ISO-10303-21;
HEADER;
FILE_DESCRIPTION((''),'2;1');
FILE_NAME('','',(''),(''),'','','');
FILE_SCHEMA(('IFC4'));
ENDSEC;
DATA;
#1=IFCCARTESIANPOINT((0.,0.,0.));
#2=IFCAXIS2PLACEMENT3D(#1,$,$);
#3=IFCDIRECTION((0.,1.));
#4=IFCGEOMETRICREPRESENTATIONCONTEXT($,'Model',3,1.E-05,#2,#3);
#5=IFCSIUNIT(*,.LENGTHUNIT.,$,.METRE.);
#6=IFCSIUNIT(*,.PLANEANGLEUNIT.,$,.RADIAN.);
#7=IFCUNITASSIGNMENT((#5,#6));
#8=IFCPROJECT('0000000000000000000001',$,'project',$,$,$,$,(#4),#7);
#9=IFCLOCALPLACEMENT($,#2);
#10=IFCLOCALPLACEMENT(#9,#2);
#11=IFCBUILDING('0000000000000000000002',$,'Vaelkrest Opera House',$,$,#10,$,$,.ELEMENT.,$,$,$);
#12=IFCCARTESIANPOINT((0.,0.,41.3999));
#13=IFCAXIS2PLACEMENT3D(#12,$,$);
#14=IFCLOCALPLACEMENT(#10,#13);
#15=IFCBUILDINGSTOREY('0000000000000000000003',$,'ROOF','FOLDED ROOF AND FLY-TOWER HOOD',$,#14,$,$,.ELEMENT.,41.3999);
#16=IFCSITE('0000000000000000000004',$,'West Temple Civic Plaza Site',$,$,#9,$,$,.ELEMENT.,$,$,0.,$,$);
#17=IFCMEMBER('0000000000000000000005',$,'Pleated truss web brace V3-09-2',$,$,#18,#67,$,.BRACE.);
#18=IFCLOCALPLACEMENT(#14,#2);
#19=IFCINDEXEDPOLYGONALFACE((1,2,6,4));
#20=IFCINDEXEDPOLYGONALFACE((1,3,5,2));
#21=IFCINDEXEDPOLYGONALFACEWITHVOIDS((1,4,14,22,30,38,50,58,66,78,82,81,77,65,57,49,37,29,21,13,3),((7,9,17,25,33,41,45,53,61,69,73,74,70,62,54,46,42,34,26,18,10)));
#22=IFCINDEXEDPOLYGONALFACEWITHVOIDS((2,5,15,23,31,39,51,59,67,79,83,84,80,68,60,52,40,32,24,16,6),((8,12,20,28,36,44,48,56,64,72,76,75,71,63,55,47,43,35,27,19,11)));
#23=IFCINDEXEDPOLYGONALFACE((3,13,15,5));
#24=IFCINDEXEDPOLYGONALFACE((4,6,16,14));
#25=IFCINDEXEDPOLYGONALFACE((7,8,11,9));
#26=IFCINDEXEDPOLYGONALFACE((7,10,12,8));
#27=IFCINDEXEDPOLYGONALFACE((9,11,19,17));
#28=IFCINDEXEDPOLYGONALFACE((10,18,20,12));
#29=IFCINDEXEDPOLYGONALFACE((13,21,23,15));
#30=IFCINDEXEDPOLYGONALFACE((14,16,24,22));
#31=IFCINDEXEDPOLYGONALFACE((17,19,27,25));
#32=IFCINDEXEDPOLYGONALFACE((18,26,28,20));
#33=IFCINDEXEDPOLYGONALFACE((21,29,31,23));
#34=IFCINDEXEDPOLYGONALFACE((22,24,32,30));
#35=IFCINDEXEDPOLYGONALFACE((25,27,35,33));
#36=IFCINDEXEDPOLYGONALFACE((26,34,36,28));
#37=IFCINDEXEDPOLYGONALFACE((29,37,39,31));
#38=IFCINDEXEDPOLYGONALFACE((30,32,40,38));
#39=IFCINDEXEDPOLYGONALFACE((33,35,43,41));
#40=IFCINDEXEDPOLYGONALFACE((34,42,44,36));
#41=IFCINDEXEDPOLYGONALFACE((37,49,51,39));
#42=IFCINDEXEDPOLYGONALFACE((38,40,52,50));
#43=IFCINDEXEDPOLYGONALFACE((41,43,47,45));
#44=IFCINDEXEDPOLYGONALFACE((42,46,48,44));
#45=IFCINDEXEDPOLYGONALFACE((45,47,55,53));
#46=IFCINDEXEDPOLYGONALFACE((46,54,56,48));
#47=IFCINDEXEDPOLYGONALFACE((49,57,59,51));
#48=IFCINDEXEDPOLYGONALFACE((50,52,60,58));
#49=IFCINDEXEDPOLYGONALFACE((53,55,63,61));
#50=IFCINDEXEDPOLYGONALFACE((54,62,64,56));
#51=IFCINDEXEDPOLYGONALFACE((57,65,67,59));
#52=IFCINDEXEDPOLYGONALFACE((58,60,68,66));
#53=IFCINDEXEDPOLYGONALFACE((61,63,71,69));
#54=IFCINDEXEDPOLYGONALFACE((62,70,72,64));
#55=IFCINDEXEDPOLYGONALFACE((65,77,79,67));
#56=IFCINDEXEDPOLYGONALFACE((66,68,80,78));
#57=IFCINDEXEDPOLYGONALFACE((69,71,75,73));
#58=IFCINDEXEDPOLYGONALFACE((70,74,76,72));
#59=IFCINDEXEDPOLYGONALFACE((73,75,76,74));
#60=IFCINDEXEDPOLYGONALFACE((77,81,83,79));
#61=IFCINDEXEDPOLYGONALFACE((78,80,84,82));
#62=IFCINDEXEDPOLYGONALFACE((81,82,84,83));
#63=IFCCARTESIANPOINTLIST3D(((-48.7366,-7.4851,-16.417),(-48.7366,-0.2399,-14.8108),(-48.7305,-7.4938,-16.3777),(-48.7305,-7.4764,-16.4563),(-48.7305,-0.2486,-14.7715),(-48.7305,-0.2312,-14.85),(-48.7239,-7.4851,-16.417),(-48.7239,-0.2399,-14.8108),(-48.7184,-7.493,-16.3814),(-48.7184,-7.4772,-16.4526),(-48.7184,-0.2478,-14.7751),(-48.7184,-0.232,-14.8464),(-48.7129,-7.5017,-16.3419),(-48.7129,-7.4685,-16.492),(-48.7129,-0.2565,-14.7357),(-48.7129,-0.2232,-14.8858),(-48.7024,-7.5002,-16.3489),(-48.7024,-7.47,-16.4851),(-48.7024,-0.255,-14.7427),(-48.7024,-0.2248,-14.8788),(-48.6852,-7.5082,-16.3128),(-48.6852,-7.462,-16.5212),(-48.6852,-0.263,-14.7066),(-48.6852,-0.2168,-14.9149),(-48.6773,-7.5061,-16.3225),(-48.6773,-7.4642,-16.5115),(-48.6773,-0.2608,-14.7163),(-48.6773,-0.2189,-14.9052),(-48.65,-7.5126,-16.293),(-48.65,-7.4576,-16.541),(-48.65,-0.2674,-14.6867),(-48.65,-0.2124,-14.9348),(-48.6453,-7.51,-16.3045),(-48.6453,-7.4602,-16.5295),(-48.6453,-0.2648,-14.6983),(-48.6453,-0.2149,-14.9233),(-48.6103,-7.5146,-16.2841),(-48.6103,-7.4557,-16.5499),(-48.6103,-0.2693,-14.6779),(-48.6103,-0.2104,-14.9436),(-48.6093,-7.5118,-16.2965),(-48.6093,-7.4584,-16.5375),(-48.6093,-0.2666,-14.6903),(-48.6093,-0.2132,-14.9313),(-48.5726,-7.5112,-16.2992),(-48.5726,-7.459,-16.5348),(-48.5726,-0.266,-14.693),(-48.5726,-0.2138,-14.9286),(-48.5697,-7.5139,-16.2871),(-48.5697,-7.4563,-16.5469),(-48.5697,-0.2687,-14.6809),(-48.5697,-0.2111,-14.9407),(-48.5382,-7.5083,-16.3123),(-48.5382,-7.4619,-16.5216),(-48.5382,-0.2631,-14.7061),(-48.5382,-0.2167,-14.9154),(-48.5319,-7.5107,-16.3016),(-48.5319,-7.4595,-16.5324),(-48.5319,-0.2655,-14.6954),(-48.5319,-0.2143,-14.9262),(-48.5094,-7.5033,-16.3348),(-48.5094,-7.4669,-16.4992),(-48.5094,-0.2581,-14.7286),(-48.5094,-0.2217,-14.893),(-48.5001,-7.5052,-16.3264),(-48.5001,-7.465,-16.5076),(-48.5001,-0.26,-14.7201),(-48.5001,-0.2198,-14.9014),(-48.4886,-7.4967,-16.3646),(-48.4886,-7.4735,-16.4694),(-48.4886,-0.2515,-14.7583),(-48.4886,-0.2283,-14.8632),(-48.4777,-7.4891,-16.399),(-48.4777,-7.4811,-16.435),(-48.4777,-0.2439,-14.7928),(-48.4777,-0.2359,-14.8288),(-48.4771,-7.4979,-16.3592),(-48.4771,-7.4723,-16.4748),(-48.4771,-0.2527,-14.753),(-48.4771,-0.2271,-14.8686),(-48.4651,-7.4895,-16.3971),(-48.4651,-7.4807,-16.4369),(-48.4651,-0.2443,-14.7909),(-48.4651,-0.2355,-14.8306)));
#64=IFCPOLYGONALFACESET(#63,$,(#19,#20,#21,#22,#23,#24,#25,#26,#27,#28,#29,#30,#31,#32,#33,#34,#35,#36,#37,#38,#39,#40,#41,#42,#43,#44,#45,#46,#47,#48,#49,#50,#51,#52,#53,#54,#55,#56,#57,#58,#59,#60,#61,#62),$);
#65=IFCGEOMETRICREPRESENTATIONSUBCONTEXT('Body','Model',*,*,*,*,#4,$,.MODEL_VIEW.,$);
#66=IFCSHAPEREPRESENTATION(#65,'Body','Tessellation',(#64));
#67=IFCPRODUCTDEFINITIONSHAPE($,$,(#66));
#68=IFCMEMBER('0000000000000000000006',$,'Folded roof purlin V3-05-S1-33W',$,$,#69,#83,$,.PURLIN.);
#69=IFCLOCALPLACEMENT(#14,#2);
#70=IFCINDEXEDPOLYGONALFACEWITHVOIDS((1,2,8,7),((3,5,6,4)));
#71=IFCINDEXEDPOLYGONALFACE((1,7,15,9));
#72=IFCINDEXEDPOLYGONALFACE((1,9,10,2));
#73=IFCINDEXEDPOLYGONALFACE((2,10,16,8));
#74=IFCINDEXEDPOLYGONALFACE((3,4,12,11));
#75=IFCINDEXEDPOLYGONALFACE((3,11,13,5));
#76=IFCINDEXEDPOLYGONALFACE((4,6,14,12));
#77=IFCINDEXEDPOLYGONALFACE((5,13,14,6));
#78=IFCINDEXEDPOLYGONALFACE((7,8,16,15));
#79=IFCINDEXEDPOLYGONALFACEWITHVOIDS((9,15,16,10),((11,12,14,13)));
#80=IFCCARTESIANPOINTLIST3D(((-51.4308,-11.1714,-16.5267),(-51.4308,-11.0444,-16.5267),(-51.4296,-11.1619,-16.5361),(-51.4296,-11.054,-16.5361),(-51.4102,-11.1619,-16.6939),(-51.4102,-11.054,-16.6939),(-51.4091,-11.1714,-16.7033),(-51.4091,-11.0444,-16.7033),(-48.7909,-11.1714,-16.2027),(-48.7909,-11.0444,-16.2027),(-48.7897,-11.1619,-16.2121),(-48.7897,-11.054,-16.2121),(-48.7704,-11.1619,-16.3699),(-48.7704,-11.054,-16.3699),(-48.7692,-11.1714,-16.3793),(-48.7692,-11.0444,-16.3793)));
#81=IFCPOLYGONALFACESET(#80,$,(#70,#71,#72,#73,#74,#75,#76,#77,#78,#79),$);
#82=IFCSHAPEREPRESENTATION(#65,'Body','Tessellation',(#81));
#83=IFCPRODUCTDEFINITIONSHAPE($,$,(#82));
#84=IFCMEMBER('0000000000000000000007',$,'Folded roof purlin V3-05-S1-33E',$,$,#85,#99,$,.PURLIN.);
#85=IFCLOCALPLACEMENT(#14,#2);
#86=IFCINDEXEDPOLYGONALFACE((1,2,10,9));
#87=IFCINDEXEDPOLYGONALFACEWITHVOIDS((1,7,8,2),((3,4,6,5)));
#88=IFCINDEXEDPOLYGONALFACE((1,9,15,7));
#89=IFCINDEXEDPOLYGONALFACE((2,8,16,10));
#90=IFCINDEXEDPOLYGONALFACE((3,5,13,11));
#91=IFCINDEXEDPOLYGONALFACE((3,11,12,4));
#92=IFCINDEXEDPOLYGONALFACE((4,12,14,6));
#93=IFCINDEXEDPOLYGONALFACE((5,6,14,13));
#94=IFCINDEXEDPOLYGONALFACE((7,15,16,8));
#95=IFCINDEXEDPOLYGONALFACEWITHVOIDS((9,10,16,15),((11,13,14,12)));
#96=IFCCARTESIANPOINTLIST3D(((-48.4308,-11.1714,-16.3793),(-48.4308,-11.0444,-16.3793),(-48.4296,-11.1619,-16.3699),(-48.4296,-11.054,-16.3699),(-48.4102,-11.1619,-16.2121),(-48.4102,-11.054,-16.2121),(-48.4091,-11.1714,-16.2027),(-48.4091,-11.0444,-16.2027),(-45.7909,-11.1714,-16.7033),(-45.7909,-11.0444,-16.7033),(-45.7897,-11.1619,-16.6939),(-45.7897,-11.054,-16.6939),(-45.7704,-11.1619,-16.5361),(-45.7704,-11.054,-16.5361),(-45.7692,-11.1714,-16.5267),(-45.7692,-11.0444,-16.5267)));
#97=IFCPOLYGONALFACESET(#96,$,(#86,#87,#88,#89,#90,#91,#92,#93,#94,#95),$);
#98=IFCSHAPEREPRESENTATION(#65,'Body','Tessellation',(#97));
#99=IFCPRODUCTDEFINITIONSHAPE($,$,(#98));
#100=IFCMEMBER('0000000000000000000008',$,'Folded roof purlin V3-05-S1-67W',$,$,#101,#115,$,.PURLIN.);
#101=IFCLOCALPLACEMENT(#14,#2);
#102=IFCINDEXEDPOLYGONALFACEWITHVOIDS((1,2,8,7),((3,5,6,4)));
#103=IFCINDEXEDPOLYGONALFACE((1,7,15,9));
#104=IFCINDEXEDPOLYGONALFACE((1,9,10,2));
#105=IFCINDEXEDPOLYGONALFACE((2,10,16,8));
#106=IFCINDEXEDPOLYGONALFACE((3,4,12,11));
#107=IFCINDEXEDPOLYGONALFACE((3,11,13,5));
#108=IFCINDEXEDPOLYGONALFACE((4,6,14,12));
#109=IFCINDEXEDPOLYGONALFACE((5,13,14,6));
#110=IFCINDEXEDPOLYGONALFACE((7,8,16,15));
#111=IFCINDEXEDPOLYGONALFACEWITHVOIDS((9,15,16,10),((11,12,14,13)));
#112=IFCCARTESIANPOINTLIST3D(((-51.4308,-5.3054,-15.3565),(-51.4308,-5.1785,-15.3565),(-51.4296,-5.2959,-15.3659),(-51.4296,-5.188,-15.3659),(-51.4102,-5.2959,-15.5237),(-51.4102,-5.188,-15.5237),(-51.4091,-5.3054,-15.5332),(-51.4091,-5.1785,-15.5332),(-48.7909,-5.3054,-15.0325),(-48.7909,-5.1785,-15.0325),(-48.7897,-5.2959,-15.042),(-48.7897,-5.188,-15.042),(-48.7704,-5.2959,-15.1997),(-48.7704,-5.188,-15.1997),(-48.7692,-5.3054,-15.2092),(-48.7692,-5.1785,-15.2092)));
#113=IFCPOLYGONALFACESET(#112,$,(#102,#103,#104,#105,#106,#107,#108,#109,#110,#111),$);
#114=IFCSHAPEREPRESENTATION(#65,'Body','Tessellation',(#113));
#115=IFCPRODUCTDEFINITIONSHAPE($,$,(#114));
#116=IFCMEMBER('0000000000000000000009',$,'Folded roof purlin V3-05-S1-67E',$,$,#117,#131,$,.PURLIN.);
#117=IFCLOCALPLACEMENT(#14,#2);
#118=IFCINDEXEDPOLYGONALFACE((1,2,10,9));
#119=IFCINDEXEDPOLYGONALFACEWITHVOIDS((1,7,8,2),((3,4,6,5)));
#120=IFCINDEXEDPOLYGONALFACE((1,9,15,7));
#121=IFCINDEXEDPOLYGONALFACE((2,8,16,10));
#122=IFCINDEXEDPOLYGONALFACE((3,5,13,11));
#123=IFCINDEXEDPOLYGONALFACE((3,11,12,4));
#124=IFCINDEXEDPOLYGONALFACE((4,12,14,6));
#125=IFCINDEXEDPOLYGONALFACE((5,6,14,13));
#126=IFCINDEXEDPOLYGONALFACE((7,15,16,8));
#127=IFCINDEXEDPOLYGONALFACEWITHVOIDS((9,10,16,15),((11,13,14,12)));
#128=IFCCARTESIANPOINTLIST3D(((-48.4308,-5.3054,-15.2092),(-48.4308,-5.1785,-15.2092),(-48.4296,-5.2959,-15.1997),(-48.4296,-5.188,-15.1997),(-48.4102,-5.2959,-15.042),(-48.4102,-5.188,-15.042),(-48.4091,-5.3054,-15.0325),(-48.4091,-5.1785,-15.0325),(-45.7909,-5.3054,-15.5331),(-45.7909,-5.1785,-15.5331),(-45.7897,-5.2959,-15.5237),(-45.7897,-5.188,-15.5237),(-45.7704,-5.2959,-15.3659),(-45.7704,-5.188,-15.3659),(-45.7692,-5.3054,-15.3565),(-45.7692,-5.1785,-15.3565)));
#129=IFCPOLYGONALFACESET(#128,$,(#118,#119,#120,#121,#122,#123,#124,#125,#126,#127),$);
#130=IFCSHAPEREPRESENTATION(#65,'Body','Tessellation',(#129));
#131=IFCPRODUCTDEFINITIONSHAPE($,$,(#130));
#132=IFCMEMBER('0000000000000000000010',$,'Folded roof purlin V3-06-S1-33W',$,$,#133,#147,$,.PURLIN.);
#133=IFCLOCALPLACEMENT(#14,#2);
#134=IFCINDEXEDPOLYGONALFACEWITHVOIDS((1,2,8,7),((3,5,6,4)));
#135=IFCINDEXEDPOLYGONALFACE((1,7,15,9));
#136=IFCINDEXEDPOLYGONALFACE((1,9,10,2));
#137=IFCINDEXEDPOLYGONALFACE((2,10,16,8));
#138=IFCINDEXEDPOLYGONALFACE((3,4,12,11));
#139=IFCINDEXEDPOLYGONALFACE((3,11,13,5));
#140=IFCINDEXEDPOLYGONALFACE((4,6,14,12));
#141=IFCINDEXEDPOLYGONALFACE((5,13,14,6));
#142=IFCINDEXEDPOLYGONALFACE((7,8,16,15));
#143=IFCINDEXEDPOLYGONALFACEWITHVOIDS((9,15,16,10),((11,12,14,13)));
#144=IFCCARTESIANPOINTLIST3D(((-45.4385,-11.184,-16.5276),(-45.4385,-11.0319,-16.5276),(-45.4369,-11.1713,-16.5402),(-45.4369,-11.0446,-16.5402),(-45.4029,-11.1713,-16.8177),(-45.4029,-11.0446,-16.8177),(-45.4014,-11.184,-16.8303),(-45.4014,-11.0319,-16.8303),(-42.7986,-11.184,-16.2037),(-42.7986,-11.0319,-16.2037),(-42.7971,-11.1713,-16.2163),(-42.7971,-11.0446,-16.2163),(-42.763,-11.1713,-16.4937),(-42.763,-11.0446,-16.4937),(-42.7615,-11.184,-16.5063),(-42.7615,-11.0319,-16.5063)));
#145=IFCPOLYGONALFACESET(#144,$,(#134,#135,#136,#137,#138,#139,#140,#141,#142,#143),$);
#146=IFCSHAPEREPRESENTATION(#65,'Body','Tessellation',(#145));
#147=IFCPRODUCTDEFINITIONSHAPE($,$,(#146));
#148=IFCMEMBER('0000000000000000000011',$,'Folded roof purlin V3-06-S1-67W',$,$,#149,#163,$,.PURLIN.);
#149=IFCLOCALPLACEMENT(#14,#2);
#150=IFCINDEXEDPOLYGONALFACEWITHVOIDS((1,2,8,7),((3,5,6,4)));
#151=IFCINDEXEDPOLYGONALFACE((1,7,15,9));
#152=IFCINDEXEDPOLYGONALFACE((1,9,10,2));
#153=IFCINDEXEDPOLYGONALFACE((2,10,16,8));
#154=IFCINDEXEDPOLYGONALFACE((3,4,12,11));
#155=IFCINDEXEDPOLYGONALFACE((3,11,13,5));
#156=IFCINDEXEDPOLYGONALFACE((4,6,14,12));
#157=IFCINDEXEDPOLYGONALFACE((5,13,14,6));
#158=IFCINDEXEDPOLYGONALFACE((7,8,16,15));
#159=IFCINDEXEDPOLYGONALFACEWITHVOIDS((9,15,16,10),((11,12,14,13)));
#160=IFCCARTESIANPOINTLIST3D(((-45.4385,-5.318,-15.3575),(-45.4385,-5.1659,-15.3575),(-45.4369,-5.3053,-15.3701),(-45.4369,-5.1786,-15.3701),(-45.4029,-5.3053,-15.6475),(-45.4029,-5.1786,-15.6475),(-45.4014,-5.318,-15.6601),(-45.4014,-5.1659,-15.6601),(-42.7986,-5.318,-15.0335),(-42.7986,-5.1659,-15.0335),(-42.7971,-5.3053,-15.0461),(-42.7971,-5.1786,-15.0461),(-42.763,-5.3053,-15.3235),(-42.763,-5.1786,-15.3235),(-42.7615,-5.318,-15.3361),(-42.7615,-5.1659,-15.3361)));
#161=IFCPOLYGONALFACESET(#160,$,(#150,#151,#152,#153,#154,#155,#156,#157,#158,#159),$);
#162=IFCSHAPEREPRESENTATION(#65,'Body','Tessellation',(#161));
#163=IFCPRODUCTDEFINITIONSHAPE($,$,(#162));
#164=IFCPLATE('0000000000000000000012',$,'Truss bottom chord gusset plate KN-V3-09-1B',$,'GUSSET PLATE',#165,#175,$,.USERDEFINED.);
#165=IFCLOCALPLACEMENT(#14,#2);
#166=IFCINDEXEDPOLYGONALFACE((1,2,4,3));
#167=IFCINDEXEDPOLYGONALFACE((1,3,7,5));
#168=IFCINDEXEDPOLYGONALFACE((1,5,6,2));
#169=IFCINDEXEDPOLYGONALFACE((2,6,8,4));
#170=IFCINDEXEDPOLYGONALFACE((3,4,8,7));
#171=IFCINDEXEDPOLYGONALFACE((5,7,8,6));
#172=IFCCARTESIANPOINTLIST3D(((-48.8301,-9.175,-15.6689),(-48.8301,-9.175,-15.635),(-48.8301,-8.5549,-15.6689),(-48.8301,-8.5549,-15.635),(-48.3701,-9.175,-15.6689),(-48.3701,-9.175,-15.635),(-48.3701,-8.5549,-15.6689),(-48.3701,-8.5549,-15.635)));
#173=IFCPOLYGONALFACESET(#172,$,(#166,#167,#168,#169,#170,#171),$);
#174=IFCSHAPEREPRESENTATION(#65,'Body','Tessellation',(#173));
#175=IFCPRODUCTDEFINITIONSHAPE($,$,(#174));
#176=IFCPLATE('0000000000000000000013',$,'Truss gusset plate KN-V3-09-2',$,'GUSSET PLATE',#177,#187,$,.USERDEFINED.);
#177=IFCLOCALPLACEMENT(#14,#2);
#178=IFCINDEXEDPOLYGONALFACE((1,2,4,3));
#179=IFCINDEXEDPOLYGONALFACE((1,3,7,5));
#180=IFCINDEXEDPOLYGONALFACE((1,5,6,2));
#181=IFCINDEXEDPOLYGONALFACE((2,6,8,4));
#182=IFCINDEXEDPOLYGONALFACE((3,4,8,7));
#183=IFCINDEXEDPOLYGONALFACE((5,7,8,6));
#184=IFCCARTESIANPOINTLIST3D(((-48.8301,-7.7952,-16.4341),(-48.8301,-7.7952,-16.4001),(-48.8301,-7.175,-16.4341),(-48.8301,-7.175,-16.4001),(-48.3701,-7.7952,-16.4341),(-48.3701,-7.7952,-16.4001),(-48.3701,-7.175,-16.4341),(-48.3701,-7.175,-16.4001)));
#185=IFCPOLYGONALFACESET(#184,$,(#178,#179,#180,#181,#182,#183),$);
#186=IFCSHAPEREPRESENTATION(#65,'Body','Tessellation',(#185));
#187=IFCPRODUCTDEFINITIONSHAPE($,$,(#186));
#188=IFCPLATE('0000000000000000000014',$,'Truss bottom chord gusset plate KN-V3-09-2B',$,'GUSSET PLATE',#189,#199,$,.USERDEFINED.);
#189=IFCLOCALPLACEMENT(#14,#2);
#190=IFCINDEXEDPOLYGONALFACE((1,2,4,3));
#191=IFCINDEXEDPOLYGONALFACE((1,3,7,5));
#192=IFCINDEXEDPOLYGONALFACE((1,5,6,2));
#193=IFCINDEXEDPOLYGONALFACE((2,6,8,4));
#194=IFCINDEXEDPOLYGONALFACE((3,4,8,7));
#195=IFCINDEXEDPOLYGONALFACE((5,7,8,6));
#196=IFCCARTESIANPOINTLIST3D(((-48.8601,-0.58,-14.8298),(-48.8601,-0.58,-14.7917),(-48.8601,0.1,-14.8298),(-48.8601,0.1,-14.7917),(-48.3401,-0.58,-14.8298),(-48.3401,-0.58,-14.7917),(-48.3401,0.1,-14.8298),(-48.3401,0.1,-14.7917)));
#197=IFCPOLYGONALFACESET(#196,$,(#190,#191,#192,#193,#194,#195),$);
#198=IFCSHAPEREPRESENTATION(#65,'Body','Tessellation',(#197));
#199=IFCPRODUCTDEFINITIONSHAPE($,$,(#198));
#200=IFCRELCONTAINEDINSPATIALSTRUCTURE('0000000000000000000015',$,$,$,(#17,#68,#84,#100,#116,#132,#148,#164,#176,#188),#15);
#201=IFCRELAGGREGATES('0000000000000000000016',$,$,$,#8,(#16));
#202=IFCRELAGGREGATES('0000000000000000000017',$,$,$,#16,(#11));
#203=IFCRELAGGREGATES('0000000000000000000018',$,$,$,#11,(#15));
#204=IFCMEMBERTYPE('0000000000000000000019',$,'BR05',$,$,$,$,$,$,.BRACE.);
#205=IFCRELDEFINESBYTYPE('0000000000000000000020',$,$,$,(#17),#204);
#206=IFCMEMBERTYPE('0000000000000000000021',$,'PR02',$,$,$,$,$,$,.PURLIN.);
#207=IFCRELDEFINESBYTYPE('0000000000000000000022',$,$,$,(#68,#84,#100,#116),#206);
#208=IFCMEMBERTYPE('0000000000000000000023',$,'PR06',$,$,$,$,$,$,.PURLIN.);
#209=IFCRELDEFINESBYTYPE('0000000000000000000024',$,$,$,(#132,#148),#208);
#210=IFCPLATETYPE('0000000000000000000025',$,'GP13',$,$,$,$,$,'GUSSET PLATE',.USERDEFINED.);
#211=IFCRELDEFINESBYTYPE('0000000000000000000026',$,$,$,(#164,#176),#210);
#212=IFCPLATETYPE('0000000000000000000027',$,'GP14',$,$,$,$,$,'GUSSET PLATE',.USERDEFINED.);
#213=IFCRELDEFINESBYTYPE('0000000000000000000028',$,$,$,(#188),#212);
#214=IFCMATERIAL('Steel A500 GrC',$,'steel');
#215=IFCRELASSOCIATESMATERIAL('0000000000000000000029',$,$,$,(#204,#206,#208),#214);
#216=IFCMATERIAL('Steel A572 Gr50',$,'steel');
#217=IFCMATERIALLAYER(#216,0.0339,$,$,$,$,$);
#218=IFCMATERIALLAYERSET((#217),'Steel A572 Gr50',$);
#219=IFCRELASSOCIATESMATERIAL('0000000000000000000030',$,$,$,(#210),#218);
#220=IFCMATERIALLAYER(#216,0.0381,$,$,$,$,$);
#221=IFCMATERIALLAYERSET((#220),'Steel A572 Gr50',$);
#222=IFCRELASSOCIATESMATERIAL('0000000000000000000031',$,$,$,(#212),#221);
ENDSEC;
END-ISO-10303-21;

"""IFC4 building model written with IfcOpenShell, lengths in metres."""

from ifc_helpers import new_model, si_unit, direction, frame, origin, origin_2d, place, context, subcontext, project, spatial, rectangle, hollow_rectangle, hollow_circle, extrude, material, layer, layer_set, material_profile, profile_set, type_object, element, save


model = new_model("IFC4")

# Units and contexts
model_context = context("Model", 3, precision=1e-05, world=origin(), true_north=direction((0.0, 1.0)))
body_context = subcontext(model_context, "Body", "Model", "MODEL_VIEW")
ifc_project = project(units=[si_unit("LENGTHUNIT", "METRE"), si_unit("PLANEANGLEUNIT", "RADIAN")], contexts=[model_context])

# Site, building, storey
site_placement = place(None, origin())
site = spatial("IfcSite", under=ifc_project, at=site_placement, Name="West Temple Civic Plaza Site", CompositionType="ELEMENT", RefElevation=0.0)
building_placement = place(site_placement, origin())
building = spatial("IfcBuilding", under=site, at=building_placement, Name="Vaelkrest Opera House", CompositionType="ELEMENT")
storey_placement = place(building_placement, frame((0.0, 0.0, 41.3999)))
storey = spatial("IfcBuildingStorey", under=building, at=storey_placement, Name="ROOF", Description="FOLDED ROOF AND FLY-TOWER HOOD", CompositionType="ELEMENT", Elevation=41.3999)

# Members
ifc_material_1 = material(Name="Steel A500 GrC", Category="steel")
ifc_material_profile_1 = material_profile(ifc_material_1, hollow_circle(Radius=0.1365, WallThickness=0.0127, at=origin_2d()), Name="HSS273.1X12.7")
ifc_profile_set_1 = profile_set([ifc_material_profile_1], Name="Steel A500 GrC")
member_type_1 = type_object("IfcMemberType", Name="BR05", PredefinedType="BRACE", material=ifc_profile_set_1)
member_placement = place(storey_placement, frame((-48.6001, -7.4851, -16.417), z_axis=(0.0, 0.976296, 0.216439), x_axis=(-1.0, 0.0, 0.0)))
element("IfcMember", 1, at=member_placement, inside=storey, type_object=member_type_1, Name="Pleated truss web brace V3-09-2", PredefinedType="BRACE", context=body_context, shape_type="SweptSolid", body=[
    extrude(hollow_circle(Radius=0.1365, WallThickness=0.0127, at=origin_2d()), origin(), (0.0, 0.0, 1.0), 7.4211),
])
ifc_material_profile_2 = material_profile(ifc_material_1, hollow_rectangle(XDim=0.127, YDim=0.178, WallThickness=0.0095, at=origin_2d()), Name="HSS178X127X9.5")
ifc_profile_set_2 = profile_set([ifc_material_profile_2], Name="Steel A500 GrC")
member_type_2 = type_object("IfcMemberType", Name="PR02", PredefinedType="PURLIN", material=ifc_profile_set_2)
for number, where, z_axis, x_axis, name in (
    (2, (-51.4199, -11.1079, -16.615), (0.992554, 0.0, 0.121809), (0.0, 1.0, 0.0), "Folded roof purlin V3-05-S1-33W"),
    (3, (-48.4199, -11.1079, -16.291), (0.992554, 0.0, -0.121809), (0.0, 1.0, 0.0), "Folded roof purlin V3-05-S1-33E"),
    (4, (-51.4199, -5.2419, -15.4448), (0.992554, 0.0, 0.121809), (0.0, 1.0, 0.0), "Folded roof purlin V3-05-S1-67W"),
    (5, (-48.4199, -5.2419, -15.1208), (0.992554, 0.0, -0.121809), (0.0, 1.0, 0.0), "Folded roof purlin V3-05-S1-67E"),
):
    element("IfcMember", number, at=place(storey_placement, frame(where, z_axis=z_axis, x_axis=x_axis)), inside=storey, type_object=member_type_2, Name=name, PredefinedType="PURLIN", context=body_context, shape_type="SweptSolid", body=[
        extrude(hollow_rectangle(XDim=0.127, YDim=0.178, WallThickness=0.0095, at=origin_2d()), origin(), (0.0, 0.0, 1.0), 2.6597),
    ])
ifc_material_profile_3 = material_profile(ifc_material_1, hollow_rectangle(XDim=0.1521, YDim=0.3049, WallThickness=0.0127, at=origin_2d()), Name="HSS305X152X12.7")
ifc_profile_set_3 = profile_set([ifc_material_profile_3], Name="Steel A500 GrC")
member_type_3 = type_object("IfcMemberType", Name="PR06", PredefinedType="PURLIN", material=ifc_profile_set_3)
for number, where, z_axis, x_axis, name in (
    (6, (-45.4199, -11.1079, -16.679), (0.992554, 0.0, 0.121809), (0.0, 1.0, 0.0), "Folded roof purlin V3-06-S1-33W"),
    (7, (-45.4199, -5.2419, -15.5088), (0.992554, 0.0, 0.121809), (0.0, 1.0, 0.0), "Folded roof purlin V3-06-S1-67W"),
):
    element("IfcMember", number, at=place(storey_placement, frame(where, z_axis=z_axis, x_axis=x_axis)), inside=storey, type_object=member_type_3, Name=name, PredefinedType="PURLIN", context=body_context, shape_type="SweptSolid", body=[
        extrude(hollow_rectangle(XDim=0.1521, YDim=0.3049, WallThickness=0.0127, at=origin_2d()), origin(), (0.0, 0.0, 1.0), 2.6597),
    ])

# Plates
ifc_material_2 = material(Name="Steel A572 Gr50", Category="steel")
ifc_layer_1 = layer(ifc_material_2, 0.0339)
ifc_layer_set_1 = layer_set([ifc_layer_1], Name="Steel A572 Gr50")
plate_type_1 = type_object("IfcPlateType", Name="GP13", ElementType="GUSSET PLATE", PredefinedType="USERDEFINED", material=ifc_layer_set_1)
for number, where, z_axis, x_axis, name in (
    (8, (-48.6001, -8.865, -15.6689), (0.0, 0.0, 1.0), (0.0, 1.0, 0.0), "Truss bottom chord gusset plate KN-V3-09-1B"),
    (9, (-48.6001, -7.4851, -16.4341), (0.0, 0.0, 1.0), (0.0, 1.0, 0.0), "Truss gusset plate KN-V3-09-2"),
):
    element("IfcPlate", number, at=place(storey_placement, frame(where, z_axis=z_axis, x_axis=x_axis)), inside=storey, type_object=plate_type_1, Name=name, ObjectType="GUSSET PLATE", PredefinedType="USERDEFINED", context=body_context, shape_type="SweptSolid", body=[
        extrude(rectangle(XDim=0.6201, YDim=0.46, at=origin_2d()), origin(), (0.0, 0.0, 1.0), 0.0339),
    ])
ifc_layer_2 = layer(ifc_material_2, 0.0381)
ifc_layer_set_2 = layer_set([ifc_layer_2], Name="Steel A572 Gr50")
plate_type_2 = type_object("IfcPlateType", Name="GP14", ElementType="GUSSET PLATE", PredefinedType="USERDEFINED", material=ifc_layer_set_2)
plate_placement = place(storey_placement, frame((-48.6001, -0.24, -14.8298), z_axis=(0.0, 0.0, 1.0), x_axis=(0.0, 1.0, 0.0)))
element("IfcPlate", 10, at=plate_placement, inside=storey, type_object=plate_type_2, Name="Truss bottom chord gusset plate KN-V3-09-2B", ObjectType="GUSSET PLATE", PredefinedType="USERDEFINED", context=body_context, shape_type="SweptSolid", body=[
    extrude(rectangle(XDim=0.6799, YDim=0.52, at=origin_2d()), origin(), (0.0, 0.0, 1.0), 0.0381),
])

save(model, "model.ifc")
